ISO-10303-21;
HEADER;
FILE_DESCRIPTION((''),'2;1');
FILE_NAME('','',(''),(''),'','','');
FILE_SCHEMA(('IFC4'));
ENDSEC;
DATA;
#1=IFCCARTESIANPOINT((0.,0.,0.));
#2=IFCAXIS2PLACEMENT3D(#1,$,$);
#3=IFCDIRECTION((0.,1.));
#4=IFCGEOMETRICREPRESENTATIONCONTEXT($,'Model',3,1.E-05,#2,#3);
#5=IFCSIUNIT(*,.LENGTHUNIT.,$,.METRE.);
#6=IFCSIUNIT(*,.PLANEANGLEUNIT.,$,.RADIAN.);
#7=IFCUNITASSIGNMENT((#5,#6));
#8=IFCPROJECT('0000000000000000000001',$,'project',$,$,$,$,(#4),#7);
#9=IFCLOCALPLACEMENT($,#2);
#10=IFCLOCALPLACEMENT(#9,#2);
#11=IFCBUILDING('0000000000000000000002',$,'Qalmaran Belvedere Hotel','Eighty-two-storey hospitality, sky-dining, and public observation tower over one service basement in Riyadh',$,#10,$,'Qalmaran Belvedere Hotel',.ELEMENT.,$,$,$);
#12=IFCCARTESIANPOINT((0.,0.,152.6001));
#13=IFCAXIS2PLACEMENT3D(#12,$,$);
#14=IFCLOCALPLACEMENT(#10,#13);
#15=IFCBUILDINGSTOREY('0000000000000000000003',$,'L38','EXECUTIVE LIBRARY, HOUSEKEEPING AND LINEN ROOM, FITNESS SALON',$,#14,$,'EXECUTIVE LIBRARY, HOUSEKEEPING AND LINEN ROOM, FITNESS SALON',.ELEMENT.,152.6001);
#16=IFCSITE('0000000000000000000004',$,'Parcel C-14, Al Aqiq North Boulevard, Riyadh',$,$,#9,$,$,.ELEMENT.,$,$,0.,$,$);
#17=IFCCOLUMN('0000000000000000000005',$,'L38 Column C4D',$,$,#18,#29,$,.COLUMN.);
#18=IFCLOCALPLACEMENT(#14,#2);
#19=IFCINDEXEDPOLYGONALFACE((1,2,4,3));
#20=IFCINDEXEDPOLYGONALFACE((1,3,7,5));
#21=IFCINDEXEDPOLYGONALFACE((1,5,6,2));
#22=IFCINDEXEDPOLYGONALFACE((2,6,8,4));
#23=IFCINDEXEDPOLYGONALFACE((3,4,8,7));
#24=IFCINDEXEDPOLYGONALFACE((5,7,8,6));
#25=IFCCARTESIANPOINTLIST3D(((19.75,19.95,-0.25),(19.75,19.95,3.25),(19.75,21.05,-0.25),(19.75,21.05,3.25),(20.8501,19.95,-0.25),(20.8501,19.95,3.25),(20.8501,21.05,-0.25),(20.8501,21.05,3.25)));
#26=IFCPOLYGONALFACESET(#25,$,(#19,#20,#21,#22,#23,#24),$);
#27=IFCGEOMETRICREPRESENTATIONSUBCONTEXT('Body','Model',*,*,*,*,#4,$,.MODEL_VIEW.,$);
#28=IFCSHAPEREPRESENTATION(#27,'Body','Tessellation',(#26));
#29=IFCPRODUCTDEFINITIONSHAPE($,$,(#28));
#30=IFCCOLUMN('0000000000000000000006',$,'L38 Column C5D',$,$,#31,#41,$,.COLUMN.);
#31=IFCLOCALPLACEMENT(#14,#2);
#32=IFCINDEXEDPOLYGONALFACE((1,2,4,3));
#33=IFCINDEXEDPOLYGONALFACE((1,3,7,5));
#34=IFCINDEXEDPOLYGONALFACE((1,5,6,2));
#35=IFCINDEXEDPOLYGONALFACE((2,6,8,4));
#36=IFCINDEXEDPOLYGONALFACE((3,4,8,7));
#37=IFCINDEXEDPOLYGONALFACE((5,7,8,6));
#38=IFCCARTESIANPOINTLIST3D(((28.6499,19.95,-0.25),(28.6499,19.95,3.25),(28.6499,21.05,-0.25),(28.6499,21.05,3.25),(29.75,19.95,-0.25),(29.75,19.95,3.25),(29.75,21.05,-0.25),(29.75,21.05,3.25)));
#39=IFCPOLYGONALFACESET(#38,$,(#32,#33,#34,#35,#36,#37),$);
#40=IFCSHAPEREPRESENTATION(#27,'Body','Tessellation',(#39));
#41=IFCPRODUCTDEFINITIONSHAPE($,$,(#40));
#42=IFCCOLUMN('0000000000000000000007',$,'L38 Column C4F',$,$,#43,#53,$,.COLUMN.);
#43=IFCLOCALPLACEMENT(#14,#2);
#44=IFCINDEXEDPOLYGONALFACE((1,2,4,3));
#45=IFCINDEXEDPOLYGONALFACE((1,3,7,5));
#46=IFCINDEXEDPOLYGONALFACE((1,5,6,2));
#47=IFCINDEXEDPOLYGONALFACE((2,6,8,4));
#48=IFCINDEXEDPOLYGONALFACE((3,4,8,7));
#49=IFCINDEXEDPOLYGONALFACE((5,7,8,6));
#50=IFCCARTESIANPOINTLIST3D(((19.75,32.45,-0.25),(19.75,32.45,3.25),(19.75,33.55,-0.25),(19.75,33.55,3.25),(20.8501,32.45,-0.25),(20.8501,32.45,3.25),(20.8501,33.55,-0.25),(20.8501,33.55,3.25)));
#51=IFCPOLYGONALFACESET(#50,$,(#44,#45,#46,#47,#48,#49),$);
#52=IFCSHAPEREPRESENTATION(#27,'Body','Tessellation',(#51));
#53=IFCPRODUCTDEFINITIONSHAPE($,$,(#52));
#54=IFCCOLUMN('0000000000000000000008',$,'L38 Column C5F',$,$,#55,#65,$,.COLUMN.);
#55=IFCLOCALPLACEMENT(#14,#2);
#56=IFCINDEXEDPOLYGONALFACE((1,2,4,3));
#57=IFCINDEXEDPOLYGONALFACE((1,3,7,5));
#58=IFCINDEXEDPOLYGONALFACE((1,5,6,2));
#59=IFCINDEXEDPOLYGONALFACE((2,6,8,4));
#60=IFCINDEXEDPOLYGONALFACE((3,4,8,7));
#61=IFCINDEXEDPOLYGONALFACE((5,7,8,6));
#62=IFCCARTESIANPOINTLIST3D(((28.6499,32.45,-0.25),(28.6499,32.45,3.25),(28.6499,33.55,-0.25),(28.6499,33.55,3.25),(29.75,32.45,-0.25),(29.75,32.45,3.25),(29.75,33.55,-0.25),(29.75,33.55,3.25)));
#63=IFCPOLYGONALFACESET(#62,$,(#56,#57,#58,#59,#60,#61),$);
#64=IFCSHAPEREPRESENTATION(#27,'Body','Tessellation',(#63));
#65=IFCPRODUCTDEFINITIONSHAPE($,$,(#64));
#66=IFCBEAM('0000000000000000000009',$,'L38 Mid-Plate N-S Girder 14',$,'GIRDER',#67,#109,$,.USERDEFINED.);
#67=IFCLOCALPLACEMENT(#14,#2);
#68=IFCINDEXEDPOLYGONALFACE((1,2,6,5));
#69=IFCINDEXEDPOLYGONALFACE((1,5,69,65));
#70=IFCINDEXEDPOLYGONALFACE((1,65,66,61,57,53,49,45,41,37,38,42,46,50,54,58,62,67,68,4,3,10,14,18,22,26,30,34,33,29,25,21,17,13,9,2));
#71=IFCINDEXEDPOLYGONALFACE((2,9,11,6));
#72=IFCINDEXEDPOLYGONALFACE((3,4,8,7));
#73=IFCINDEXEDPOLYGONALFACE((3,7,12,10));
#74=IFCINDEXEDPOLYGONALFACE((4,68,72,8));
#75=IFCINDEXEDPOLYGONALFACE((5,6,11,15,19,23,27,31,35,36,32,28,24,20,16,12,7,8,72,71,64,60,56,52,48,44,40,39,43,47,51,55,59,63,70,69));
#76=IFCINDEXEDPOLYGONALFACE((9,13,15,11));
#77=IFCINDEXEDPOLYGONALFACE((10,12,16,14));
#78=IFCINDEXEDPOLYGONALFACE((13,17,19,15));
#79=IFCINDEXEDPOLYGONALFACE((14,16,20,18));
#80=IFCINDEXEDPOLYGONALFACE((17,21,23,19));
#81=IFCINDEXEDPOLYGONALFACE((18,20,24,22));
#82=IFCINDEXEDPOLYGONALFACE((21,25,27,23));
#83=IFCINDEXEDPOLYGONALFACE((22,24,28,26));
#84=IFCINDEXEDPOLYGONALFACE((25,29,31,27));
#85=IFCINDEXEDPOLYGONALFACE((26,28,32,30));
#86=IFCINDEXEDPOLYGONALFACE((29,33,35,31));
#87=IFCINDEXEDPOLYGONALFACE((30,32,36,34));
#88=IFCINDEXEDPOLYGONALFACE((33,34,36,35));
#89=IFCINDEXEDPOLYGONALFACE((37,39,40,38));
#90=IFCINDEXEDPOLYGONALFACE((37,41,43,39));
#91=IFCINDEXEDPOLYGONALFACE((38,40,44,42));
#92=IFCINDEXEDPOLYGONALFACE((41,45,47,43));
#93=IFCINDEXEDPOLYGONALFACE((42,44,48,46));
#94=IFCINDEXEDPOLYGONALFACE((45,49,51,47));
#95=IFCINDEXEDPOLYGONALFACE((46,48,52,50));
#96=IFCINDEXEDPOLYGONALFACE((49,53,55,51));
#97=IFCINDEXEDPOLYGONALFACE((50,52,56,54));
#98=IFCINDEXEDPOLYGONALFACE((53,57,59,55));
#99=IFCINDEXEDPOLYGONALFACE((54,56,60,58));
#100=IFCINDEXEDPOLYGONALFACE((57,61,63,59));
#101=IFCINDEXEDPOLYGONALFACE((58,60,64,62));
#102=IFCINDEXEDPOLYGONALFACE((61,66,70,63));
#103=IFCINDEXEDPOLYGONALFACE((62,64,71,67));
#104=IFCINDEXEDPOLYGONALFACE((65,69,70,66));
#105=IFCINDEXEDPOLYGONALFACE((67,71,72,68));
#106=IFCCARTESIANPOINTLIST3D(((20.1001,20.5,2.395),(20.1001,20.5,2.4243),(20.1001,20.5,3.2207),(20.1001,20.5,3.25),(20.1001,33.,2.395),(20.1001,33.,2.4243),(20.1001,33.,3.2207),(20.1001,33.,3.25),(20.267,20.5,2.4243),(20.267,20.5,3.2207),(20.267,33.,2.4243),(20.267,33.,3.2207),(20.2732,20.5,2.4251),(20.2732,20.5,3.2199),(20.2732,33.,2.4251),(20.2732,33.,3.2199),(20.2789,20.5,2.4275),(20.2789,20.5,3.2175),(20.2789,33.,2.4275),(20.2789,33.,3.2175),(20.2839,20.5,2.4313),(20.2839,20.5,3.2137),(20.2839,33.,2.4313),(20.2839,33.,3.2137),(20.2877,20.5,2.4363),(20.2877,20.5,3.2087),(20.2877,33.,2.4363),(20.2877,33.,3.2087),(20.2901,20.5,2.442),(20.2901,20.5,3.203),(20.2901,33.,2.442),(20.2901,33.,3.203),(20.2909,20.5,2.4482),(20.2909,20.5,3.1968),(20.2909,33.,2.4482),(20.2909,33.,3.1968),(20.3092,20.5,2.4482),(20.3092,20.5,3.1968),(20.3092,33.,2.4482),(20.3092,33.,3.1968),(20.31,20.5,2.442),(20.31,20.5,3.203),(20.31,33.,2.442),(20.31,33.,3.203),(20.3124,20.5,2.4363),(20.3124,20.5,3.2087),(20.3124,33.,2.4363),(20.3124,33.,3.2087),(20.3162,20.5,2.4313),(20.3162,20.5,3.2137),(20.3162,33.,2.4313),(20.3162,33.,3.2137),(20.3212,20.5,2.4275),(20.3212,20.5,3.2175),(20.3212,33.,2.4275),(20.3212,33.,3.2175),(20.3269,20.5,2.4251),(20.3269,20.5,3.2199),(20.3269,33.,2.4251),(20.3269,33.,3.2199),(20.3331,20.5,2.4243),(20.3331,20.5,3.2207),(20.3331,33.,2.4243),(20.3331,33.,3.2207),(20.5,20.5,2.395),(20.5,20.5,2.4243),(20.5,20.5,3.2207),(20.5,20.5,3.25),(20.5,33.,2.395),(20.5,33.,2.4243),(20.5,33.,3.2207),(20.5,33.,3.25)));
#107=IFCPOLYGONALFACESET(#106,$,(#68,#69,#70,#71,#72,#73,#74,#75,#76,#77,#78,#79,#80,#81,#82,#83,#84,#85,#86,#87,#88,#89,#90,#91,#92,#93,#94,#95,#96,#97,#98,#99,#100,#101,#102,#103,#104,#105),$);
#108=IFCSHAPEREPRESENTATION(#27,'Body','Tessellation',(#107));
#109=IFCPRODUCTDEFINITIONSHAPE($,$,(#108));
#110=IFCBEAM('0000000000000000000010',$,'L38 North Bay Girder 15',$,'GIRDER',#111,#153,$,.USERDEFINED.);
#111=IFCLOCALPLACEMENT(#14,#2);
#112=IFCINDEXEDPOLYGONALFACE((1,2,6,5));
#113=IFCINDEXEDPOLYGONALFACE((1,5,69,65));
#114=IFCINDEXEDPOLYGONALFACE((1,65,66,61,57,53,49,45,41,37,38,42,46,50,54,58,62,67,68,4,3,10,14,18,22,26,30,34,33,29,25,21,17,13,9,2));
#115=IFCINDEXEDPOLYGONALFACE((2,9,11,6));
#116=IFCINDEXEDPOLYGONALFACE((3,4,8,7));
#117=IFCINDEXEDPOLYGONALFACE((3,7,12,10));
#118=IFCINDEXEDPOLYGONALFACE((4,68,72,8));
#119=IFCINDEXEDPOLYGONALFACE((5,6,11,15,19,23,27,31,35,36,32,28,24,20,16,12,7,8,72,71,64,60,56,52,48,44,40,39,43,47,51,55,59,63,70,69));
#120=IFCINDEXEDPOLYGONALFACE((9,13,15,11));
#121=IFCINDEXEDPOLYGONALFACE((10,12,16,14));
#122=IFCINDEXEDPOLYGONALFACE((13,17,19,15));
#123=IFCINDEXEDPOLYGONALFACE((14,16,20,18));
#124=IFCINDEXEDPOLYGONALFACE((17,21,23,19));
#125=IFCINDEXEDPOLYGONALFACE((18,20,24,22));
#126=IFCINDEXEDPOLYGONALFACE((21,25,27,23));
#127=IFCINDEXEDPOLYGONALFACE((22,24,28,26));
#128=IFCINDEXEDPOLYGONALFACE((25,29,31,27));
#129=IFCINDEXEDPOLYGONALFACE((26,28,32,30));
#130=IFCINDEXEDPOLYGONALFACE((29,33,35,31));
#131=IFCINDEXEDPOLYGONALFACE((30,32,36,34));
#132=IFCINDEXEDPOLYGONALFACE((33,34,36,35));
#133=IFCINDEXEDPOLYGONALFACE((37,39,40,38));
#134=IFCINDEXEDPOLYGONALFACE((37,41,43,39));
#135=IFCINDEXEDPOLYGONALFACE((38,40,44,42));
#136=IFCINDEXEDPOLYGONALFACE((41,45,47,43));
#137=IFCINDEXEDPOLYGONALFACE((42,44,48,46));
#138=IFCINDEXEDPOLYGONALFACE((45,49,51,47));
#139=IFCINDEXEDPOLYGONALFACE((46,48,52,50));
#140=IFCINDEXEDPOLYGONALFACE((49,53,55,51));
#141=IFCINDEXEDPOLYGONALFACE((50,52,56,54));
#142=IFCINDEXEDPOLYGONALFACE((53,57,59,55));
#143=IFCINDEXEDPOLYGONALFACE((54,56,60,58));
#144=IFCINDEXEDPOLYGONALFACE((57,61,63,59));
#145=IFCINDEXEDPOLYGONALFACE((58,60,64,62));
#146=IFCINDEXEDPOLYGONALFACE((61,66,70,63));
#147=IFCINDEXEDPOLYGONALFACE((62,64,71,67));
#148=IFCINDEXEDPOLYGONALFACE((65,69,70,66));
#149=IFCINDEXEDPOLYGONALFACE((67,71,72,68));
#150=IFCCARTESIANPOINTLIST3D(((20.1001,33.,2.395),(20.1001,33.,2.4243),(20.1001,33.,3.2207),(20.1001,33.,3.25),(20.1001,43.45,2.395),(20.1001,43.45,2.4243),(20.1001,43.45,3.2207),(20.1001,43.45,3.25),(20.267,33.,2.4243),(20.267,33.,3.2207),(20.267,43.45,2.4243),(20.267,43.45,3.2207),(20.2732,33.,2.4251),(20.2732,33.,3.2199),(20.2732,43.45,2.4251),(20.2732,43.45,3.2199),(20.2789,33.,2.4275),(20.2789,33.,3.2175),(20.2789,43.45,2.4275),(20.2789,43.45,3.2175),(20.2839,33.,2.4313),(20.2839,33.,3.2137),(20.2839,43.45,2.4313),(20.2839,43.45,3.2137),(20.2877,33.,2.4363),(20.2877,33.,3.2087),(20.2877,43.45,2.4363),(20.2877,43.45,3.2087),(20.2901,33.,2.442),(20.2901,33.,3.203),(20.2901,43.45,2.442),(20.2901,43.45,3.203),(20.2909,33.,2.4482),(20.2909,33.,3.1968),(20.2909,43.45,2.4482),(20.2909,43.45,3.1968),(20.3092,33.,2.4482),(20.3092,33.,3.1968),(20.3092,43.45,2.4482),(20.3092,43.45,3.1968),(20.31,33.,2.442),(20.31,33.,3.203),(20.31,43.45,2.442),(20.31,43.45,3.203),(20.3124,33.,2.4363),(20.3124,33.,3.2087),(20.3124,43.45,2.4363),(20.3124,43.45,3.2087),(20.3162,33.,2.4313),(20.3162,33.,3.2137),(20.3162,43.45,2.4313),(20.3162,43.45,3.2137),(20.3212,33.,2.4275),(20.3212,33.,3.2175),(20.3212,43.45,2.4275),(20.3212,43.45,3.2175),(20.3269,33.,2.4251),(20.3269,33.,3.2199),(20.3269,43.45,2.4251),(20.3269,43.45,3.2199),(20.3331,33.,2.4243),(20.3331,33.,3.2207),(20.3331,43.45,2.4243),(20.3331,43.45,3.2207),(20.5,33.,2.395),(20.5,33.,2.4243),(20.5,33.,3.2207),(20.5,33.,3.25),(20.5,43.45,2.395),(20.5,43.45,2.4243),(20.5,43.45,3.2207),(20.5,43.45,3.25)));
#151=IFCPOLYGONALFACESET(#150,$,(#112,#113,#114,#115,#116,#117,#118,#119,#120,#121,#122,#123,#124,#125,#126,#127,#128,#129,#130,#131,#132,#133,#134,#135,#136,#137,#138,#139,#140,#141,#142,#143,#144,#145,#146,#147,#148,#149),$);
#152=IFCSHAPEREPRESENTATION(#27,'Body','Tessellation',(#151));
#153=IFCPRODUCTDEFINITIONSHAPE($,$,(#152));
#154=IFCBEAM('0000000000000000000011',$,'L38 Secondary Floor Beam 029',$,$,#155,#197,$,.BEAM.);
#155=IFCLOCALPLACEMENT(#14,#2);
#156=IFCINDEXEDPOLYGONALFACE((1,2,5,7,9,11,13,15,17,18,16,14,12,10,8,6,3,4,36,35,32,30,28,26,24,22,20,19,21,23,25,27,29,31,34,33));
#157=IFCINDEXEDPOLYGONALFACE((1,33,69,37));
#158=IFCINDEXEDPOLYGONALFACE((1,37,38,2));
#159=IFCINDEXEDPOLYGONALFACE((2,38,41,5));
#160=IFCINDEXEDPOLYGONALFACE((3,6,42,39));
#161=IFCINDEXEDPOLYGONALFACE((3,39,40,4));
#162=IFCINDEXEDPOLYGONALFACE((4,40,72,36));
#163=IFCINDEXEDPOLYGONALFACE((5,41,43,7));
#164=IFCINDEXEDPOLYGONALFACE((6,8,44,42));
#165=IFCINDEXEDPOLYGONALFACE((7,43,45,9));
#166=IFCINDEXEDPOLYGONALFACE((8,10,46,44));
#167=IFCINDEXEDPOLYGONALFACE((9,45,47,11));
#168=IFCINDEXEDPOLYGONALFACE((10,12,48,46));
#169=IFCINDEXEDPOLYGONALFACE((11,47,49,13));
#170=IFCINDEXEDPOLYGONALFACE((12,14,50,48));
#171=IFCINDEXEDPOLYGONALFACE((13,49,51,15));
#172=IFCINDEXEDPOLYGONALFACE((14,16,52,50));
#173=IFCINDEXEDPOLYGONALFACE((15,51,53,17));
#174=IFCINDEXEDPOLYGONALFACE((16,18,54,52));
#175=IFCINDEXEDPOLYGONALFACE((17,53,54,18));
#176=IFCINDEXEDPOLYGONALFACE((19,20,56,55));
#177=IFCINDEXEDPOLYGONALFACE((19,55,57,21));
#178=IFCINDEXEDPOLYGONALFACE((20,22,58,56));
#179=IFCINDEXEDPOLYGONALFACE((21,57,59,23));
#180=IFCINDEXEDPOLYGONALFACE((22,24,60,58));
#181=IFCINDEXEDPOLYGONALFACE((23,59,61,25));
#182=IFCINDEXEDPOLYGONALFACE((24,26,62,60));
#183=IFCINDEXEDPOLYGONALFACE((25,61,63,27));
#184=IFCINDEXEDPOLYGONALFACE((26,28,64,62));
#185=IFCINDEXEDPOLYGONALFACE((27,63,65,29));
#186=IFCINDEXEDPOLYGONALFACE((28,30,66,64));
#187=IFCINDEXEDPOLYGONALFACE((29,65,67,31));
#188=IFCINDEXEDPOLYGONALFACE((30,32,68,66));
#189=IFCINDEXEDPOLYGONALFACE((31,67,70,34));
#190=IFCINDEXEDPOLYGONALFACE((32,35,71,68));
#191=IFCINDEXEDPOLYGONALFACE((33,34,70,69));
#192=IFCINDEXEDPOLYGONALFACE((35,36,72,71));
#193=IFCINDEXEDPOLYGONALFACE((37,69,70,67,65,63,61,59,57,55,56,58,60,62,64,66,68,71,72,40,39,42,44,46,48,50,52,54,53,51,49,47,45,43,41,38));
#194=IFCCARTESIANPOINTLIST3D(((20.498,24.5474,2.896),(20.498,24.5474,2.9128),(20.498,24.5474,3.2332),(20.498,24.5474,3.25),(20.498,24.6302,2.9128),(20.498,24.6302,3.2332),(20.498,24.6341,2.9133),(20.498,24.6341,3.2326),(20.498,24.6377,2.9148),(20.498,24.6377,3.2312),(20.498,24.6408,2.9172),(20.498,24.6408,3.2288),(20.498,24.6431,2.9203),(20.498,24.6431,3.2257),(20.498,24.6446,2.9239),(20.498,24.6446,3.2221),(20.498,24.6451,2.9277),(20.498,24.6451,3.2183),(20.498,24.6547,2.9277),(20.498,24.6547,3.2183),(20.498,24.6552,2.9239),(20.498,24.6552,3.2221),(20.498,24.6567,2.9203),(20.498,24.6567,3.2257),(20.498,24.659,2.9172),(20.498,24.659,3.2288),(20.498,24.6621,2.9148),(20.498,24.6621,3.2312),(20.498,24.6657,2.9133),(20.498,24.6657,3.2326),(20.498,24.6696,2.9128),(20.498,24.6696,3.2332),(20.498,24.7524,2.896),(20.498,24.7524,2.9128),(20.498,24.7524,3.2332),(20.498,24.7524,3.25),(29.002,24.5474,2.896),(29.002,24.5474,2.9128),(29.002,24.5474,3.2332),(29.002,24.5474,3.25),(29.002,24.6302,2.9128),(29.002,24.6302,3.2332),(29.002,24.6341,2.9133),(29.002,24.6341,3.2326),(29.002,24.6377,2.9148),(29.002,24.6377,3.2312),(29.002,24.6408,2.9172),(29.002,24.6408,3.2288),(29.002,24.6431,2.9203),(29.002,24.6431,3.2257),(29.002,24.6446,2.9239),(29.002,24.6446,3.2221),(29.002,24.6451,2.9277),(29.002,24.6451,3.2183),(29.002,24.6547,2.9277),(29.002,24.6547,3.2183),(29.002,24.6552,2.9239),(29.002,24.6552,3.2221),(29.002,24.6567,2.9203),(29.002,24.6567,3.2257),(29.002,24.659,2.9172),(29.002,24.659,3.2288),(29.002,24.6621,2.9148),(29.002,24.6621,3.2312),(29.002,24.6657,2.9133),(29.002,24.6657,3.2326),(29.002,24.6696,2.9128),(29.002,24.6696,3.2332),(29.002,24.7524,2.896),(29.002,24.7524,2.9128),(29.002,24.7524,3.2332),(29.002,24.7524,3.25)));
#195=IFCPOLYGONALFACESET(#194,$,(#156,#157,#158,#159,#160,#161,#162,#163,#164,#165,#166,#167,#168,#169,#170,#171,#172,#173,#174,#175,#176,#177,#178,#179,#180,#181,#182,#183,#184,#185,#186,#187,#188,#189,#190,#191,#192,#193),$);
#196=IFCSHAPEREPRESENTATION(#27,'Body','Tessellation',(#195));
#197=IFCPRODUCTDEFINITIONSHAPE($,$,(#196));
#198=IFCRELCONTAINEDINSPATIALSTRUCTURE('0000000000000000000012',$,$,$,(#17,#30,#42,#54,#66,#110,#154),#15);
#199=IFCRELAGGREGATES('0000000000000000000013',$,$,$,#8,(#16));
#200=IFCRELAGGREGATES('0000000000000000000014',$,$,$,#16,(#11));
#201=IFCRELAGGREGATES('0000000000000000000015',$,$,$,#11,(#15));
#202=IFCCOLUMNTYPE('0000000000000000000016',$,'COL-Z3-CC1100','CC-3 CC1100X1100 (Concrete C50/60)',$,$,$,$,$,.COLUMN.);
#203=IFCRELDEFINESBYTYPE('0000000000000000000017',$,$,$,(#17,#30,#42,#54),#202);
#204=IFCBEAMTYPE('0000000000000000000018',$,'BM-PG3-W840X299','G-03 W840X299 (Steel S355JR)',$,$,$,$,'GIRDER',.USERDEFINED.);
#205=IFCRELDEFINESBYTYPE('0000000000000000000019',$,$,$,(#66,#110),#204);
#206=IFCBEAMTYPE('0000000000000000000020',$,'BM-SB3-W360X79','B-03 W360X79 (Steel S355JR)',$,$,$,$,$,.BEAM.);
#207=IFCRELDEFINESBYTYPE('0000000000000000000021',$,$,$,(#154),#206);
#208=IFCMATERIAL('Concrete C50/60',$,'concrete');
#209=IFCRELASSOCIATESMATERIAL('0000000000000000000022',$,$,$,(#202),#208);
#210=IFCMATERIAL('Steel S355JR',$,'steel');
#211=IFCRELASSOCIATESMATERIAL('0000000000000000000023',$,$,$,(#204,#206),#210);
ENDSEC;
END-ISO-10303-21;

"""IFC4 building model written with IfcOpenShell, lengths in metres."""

from ifc_helpers import new_model, si_unit, direction, frame, origin, origin_2d, place, context, subcontext, project, spatial, rectangle, i_section, extrude, material, material_profile, profile_set, type_object, element, save


model = new_model("IFC4")

# Units and contexts
model_context = context("Model", 3, precision=1e-05, world=origin(), true_north=direction((0.0, 1.0)))
body_context = subcontext(model_context, "Body", "Model", "MODEL_VIEW")
ifc_project = project(units=[si_unit("LENGTHUNIT", "METRE"), si_unit("PLANEANGLEUNIT", "RADIAN")], contexts=[model_context])

# Site, building, storey
site_placement = place(None, origin())
site = spatial("IfcSite", under=ifc_project, at=site_placement, Name="Parcel C-14, Al Aqiq North Boulevard, Riyadh", CompositionType="ELEMENT", RefElevation=0.0)
building_placement = place(site_placement, origin())
building = spatial("IfcBuilding", under=site, at=building_placement, Name="Qalmaran Belvedere Hotel", Description="Eighty-two-storey hospitality, sky-dining, and public observation tower over one service basement in Riyadh", LongName="Qalmaran Belvedere Hotel", CompositionType="ELEMENT")
storey_placement = place(building_placement, frame((0.0, 0.0, 152.6001)))
storey = spatial("IfcBuildingStorey", under=building, at=storey_placement, Name="L38", Description="EXECUTIVE LIBRARY, HOUSEKEEPING AND LINEN ROOM, FITNESS SALON", LongName="EXECUTIVE LIBRARY, HOUSEKEEPING AND LINEN ROOM, FITNESS SALON", CompositionType="ELEMENT", Elevation=152.6001)

# Columns
ifc_material_1 = material(Name="Concrete C50/60", Category="concrete")
ifc_material_profile_1 = material_profile(ifc_material_1, rectangle(XDim=1.1001, YDim=1.1001, at=origin_2d()), Name="CC1100X1100")
ifc_profile_set_1 = profile_set([ifc_material_profile_1], Name="Concrete C50/60")
column_type = type_object("IfcColumnType", Name="COL-Z3-CC1100", Description="CC-3 CC1100X1100 (Concrete C50/60)", PredefinedType="COLUMN", material=ifc_profile_set_1)
for number, where, z_axis, x_axis, name in (
    (1, (20.3, 20.5, -0.25), (0.0, 0.0, 1.0), (1.0, 0.0, 0.0), "L38 Column C4D"),
    (2, (29.2, 20.5, -0.25), (0.0, 0.0, 1.0), (1.0, 0.0, 0.0), "L38 Column C5D"),
    (3, (20.3, 33.0, -0.25), (0.0, 0.0, 1.0), (1.0, 0.0, 0.0), "L38 Column C4F"),
    (4, (29.2, 33.0, -0.25), (0.0, 0.0, 1.0), (1.0, 0.0, 0.0), "L38 Column C5F"),
):
    element("IfcColumn", number, at=place(storey_placement, frame(where, z_axis=z_axis, x_axis=x_axis)), inside=storey, type_object=column_type, Name=name, PredefinedType="COLUMN", context=body_context, shape_type="SweptSolid", body=[
        extrude(rectangle(XDim=1.1001, YDim=1.1001, at=origin_2d()), origin(), (0.0, 0.0, 1.0), 3.5),
    ])

# Beams
ifc_material_2 = material(Name="Steel S355JR", Category="steel")
ifc_material_profile_2 = material_profile(ifc_material_2, i_section(OverallWidth=0.3999, OverallDepth=0.855, WebThickness=0.0183, FlangeThickness=0.0293, FilletRadius=0.0239, at=origin_2d()), Name="W840X299")
ifc_profile_set_2 = profile_set([ifc_material_profile_2], Name="Steel S355JR")
beam_type_1 = type_object("IfcBeamType", Name="BM-PG3-W840X299", Description="G-03 W840X299 (Steel S355JR)", ElementType="GIRDER", PredefinedType="USERDEFINED", material=ifc_profile_set_2)
beam_1_placement = place(storey_placement, frame((20.3, 20.5, 2.8225), z_axis=(0.0, 1.0, 0.0), x_axis=(-1.0, 0.0, 0.0)))
element("IfcBeam", 5, at=beam_1_placement, inside=storey, type_object=beam_type_1, Name="L38 Mid-Plate N-S Girder 14", ObjectType="GIRDER", PredefinedType="USERDEFINED", context=body_context, shape_type="SweptSolid", body=[
    extrude(i_section(OverallWidth=0.3999, OverallDepth=0.855, WebThickness=0.0183, FlangeThickness=0.0293, FilletRadius=0.0239, at=origin_2d()), origin(), (0.0, 0.0, 1.0), 12.5),
])
beam_2_placement = place(storey_placement, frame((20.3, 33.0, 2.8225), z_axis=(0.0, 1.0, 0.0), x_axis=(-1.0, 0.0, 0.0)))
element("IfcBeam", 6, at=beam_2_placement, inside=storey, type_object=beam_type_1, Name="L38 North Bay Girder 15", ObjectType="GIRDER", PredefinedType="USERDEFINED", context=body_context, shape_type="SweptSolid", body=[
    extrude(i_section(OverallWidth=0.3999, OverallDepth=0.855, WebThickness=0.0183, FlangeThickness=0.0293, FilletRadius=0.0239, at=origin_2d()), origin(), (0.0, 0.0, 1.0), 10.45),
])
ifc_material_profile_3 = material_profile(ifc_material_2, i_section(OverallWidth=0.2051, OverallDepth=0.354, WebThickness=0.0095, FlangeThickness=0.0168, FilletRadius=0.0149, at=origin_2d()), Name="W360X79")
ifc_profile_set_3 = profile_set([ifc_material_profile_3], Name="Steel S355JR")
beam_type_2 = type_object("IfcBeamType", Name="BM-SB3-W360X79", Description="B-03 W360X79 (Steel S355JR)", PredefinedType="BEAM", material=ifc_profile_set_3)
for number, where, z_axis, x_axis, name in (
    (7, (20.498, 24.6499, 3.073), (1.0, 0.0, 0.0), (0.0, 1.0, 0.0), "L38 Secondary Floor Beam 029"),
):
    element("IfcBeam", number, at=place(storey_placement, frame(where, z_axis=z_axis, x_axis=x_axis)), inside=storey, type_object=beam_type_2, Name=name, PredefinedType="BEAM", context=body_context, shape_type="SweptSolid", body=[
        extrude(i_section(OverallWidth=0.2051, OverallDepth=0.354, WebThickness=0.0095, FlangeThickness=0.0168, FilletRadius=0.0149, at=origin_2d()), origin(), (0.0, 0.0, 1.0), 8.5039),
    ])

save(model, "model.ifc")
